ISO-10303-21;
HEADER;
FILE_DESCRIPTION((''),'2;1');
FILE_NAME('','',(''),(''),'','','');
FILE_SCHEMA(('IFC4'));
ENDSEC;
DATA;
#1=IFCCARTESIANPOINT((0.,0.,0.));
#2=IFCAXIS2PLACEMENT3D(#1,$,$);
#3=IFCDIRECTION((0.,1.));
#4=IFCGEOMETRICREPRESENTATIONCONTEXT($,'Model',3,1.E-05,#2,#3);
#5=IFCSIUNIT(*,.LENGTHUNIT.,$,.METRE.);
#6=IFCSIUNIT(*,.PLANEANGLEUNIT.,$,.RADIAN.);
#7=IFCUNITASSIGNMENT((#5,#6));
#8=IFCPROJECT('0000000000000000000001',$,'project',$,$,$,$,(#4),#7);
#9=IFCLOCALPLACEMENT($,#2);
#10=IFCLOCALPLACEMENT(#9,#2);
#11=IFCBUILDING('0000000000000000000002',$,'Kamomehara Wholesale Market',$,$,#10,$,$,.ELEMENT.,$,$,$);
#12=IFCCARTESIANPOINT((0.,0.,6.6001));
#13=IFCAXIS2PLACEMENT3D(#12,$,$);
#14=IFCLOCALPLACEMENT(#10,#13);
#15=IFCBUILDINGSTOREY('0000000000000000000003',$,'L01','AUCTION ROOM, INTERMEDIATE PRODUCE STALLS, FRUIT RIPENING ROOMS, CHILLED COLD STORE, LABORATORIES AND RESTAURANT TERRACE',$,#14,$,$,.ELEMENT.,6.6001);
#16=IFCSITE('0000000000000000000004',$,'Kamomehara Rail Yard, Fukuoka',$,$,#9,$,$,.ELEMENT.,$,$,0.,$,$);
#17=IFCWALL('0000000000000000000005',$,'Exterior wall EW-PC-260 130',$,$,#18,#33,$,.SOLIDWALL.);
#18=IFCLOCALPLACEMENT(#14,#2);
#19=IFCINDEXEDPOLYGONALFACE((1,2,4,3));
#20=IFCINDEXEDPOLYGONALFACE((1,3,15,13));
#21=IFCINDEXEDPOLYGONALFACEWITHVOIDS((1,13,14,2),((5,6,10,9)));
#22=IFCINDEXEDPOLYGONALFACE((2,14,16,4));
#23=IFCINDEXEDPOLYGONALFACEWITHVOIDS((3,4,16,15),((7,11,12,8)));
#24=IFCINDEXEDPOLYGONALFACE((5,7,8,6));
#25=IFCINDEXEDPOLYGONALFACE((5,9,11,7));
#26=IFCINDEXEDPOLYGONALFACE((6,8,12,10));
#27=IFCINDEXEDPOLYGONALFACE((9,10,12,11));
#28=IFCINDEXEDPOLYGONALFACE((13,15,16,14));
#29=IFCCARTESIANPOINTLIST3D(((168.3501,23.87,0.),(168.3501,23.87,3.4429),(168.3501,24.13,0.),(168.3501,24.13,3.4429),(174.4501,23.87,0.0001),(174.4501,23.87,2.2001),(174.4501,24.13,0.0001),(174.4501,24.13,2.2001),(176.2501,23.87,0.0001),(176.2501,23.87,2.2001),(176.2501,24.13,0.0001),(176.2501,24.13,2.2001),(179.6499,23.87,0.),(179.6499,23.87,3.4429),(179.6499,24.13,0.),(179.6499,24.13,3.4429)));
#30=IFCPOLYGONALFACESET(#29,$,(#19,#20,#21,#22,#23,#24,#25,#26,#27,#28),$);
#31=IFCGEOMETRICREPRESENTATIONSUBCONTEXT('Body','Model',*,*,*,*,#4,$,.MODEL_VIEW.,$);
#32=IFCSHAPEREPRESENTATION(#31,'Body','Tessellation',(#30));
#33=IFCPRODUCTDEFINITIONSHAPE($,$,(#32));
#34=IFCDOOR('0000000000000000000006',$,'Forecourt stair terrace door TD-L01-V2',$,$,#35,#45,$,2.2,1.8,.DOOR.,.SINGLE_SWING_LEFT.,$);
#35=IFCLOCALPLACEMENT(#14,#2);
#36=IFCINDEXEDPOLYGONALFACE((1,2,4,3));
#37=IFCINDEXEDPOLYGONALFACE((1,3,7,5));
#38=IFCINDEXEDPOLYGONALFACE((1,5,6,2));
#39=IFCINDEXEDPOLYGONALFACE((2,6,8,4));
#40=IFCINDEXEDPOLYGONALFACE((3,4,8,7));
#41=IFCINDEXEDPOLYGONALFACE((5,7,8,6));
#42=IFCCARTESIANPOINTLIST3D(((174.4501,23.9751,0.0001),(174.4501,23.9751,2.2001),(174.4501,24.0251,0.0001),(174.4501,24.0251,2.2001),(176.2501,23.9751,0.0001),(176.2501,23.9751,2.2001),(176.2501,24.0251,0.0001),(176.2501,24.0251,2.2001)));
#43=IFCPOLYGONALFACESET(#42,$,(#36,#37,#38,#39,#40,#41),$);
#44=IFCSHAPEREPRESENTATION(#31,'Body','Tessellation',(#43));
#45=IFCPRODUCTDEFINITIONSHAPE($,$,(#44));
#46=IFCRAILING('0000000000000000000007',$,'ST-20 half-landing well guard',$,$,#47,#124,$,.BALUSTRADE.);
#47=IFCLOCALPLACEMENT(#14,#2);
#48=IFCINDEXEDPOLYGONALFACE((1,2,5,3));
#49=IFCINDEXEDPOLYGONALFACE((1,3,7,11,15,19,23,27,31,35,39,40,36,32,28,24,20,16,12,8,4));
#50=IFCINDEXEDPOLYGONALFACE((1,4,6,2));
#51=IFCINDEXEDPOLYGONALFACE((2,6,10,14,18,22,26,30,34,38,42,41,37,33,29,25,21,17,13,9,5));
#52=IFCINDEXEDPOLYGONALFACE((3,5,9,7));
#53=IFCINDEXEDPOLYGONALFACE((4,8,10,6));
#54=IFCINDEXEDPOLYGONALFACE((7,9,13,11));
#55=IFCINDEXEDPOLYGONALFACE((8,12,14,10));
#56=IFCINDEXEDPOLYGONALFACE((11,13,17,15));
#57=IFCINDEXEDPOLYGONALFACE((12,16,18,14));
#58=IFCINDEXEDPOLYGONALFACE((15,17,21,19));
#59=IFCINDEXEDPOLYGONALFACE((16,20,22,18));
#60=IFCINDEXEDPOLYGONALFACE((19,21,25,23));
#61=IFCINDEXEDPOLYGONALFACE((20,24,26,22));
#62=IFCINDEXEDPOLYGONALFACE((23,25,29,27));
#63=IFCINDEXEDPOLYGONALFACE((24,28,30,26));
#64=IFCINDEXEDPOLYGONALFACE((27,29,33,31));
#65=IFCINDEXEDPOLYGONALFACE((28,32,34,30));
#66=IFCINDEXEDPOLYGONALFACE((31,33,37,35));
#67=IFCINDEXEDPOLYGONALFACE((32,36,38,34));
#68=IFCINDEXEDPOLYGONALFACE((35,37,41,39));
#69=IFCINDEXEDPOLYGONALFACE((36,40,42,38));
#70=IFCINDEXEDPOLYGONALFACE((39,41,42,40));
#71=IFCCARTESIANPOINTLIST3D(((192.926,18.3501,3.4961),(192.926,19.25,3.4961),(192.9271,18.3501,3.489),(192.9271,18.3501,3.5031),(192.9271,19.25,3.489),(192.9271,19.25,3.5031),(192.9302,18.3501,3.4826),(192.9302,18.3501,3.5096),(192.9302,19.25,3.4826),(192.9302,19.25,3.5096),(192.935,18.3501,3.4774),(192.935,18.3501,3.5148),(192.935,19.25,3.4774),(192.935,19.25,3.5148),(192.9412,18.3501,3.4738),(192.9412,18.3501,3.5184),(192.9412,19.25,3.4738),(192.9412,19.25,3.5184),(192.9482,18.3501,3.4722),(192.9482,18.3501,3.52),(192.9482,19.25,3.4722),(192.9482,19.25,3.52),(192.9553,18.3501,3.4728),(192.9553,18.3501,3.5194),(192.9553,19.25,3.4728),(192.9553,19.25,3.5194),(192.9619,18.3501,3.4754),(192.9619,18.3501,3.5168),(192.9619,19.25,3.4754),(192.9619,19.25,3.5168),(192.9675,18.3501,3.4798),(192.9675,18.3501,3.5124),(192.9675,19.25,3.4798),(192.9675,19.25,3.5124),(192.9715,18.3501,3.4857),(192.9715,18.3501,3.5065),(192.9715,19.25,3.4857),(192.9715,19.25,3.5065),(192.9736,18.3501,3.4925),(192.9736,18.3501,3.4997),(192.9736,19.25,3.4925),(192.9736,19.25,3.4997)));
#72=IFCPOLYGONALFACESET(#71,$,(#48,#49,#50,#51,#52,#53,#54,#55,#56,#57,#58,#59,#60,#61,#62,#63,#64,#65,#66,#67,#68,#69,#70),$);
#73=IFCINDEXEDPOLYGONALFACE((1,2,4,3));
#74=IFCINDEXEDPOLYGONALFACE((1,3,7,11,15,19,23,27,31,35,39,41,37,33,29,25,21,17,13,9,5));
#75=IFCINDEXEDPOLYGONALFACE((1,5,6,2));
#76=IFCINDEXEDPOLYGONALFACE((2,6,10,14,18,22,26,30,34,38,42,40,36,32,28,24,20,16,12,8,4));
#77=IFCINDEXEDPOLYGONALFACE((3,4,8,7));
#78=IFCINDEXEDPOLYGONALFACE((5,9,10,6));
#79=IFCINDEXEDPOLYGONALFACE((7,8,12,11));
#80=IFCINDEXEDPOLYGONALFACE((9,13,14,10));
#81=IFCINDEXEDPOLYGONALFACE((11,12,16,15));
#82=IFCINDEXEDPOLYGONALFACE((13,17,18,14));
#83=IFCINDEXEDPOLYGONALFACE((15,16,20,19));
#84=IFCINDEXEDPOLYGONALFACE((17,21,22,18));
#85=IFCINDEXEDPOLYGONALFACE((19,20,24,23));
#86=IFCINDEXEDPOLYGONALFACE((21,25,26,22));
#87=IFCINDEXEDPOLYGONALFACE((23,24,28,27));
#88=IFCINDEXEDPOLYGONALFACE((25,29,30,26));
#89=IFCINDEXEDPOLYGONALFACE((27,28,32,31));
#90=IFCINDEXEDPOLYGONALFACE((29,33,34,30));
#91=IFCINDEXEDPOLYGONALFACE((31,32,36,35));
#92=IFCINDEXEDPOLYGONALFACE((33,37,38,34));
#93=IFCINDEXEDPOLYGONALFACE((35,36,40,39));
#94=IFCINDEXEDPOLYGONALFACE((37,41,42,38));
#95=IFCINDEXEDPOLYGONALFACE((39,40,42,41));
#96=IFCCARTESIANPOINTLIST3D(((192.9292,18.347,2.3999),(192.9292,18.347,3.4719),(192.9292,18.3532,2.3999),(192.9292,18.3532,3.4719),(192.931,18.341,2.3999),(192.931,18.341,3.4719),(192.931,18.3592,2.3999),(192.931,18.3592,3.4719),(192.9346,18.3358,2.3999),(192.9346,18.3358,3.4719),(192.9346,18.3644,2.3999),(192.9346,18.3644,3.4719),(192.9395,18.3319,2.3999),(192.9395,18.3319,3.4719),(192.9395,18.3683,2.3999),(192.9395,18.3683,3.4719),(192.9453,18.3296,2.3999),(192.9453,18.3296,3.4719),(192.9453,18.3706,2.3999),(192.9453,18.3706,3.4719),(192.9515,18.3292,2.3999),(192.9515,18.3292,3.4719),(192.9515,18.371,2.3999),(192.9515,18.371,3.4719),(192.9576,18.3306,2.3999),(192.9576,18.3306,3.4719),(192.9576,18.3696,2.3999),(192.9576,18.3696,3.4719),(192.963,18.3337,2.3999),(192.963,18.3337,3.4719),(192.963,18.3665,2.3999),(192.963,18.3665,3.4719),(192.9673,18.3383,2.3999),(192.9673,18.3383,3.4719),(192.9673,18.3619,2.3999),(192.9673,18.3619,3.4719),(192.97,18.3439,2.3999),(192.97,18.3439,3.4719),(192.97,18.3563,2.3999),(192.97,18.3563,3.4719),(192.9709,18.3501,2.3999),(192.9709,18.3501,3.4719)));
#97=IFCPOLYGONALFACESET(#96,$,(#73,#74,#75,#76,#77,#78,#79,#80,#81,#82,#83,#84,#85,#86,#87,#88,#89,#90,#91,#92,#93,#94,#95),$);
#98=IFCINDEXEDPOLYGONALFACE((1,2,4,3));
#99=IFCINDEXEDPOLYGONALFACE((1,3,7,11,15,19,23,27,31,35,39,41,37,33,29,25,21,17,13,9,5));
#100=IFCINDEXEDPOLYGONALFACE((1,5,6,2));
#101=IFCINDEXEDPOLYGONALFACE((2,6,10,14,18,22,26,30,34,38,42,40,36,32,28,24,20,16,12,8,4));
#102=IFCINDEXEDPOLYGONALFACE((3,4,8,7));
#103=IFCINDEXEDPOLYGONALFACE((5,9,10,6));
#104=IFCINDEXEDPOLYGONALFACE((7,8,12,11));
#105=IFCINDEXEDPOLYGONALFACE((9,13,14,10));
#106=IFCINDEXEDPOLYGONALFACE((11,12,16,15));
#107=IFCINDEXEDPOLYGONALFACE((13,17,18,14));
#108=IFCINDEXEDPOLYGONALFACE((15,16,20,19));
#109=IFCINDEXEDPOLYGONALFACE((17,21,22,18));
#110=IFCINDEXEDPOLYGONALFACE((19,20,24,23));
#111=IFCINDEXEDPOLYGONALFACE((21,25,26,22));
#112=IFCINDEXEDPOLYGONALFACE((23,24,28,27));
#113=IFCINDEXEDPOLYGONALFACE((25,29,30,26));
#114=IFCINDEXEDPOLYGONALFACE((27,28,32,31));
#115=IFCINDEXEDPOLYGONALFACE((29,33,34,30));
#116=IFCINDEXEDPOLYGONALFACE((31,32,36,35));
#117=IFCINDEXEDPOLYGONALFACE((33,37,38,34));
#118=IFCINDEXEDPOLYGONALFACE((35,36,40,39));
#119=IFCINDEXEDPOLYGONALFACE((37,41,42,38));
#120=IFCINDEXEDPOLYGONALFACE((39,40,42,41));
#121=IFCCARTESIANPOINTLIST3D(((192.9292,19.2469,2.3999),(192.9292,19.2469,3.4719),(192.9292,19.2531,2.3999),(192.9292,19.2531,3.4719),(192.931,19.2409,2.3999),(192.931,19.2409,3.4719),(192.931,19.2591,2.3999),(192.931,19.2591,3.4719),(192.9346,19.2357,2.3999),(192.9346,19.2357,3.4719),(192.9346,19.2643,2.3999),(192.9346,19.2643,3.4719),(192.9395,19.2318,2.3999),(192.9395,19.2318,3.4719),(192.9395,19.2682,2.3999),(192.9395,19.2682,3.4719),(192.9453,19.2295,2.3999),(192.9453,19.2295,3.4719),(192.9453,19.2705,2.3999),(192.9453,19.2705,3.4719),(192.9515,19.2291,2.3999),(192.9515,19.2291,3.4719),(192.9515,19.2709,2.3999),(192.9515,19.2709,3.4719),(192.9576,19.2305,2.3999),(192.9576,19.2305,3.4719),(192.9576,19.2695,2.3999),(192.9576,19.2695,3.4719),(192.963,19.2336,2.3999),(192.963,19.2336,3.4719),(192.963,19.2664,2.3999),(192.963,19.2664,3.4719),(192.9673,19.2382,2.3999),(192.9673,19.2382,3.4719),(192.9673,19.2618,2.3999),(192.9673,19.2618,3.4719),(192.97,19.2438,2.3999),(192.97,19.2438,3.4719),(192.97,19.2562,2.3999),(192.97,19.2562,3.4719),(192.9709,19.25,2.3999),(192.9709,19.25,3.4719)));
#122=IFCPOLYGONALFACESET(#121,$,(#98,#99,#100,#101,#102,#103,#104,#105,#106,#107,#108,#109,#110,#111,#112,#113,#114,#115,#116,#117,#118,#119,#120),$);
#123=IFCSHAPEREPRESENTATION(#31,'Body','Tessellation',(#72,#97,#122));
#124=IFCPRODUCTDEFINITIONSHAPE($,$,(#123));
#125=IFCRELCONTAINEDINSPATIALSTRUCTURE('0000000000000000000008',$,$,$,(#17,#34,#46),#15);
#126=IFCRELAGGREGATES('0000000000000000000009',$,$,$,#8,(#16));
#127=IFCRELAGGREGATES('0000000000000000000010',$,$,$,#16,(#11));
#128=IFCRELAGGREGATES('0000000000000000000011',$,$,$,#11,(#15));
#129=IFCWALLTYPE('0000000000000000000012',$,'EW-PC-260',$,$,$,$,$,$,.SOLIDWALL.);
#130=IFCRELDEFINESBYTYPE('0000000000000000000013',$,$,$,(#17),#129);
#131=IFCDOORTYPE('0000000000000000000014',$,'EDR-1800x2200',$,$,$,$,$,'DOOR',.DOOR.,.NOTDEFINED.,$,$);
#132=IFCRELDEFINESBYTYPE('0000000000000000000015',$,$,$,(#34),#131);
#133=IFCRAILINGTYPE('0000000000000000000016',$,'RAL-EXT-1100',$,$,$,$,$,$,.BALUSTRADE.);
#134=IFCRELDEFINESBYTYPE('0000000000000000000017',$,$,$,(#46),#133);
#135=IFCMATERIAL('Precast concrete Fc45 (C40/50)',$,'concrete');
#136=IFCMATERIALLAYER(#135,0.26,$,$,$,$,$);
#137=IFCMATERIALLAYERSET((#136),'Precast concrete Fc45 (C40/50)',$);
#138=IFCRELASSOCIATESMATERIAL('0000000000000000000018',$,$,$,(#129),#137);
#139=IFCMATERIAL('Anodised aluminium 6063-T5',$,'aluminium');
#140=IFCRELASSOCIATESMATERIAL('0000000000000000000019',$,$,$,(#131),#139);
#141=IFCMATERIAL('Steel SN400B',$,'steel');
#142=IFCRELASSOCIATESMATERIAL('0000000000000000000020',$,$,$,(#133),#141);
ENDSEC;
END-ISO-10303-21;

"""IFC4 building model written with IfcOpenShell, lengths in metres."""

from ifc_helpers import new_model, si_unit, direction, frame, frame_2d, origin, origin_2d, place, context, subcontext, project, spatial, rectangle, circle, extrude, material, layer, layer_set, type_object, element, fill, save


model = new_model("IFC4")

# Units and contexts
model_context = context("Model", 3, precision=1e-05, world=origin(), true_north=direction((0.0, 1.0)))
body_context = subcontext(model_context, "Body", "Model", "MODEL_VIEW")
ifc_project = project(units=[si_unit("LENGTHUNIT", "METRE"), si_unit("PLANEANGLEUNIT", "RADIAN")], contexts=[model_context])

# Site, building, storey
site_placement = place(None, origin())
site = spatial("IfcSite", under=ifc_project, at=site_placement, Name="Kamomehara Rail Yard, Fukuoka", CompositionType="ELEMENT", RefElevation=0.0)
building_placement = place(site_placement, origin())
building = spatial("IfcBuilding", under=site, at=building_placement, Name="Kamomehara Wholesale Market", CompositionType="ELEMENT")
storey_placement = place(building_placement, frame((0.0, 0.0, 6.6001)))
storey = spatial("IfcBuildingStorey", under=building, at=storey_placement, Name="L01", Description="AUCTION ROOM, INTERMEDIATE PRODUCE STALLS, FRUIT RIPENING ROOMS, CHILLED COLD STORE, LABORATORIES AND RESTAURANT TERRACE", CompositionType="ELEMENT", Elevation=6.6001)

# Wall, opening, door
ifc_material_1 = material(Name="Precast concrete Fc45 (C40/50)", Category="concrete")
ifc_layer = layer(ifc_material_1, 0.26)
ifc_layer_set = layer_set([ifc_layer], Name="Precast concrete Fc45 (C40/50)")
wall_type = type_object("IfcWallType", Name="EW-PC-260", PredefinedType="SOLIDWALL", material=ifc_layer_set)
wall_placement = place(storey_placement, frame((179.6499, 24.0, 0.0), z_axis=(0.0, 0.0, 1.0), x_axis=(-1.0, 0.0, 0.0)))
wall = element("IfcWall", 1, at=wall_placement, inside=storey, type_object=wall_type, Name="Exterior wall EW-PC-260 130", PredefinedType="SOLIDWALL", context=body_context, shape_type="SweptSolid", body=[
    extrude(rectangle(XDim=11.2998, YDim=0.26, at=frame_2d((5.6499, 0.0))), origin(), (0.0, 0.0, 1.0), 3.4429),
])
opening_placement = place(wall_placement, frame((3.3999, 0.0, 0.0)))
opening = element("IfcOpeningElement", 2, at=opening_placement, cuts=wall, PredefinedType="OPENING", context=body_context, shape_type="SweptSolid", body=[
    extrude(rectangle(XDim=1.8, YDim=2.2, at=frame_2d((0.8999, 1.1001))), frame((0.0, 0.145, 0.0), z_axis=(0.0, -1.0, 0.0), x_axis=(1.0, 0.0, 0.0)), (0.0, 0.0, 1.0), 0.2898),
])
ifc_material_2 = material(Name="Anodised aluminium 6063-T5", Category="aluminium")
door_type = type_object("IfcDoorType", Name="EDR-1800x2200", ElementType="DOOR", OperationType="NOTDEFINED", PredefinedType="DOOR", material=ifc_material_2)
door_placement = place(opening_placement, origin())
door = element("IfcDoor", 3, at=door_placement, inside=storey, type_object=door_type, Name="Forecourt stair terrace door TD-L01-V2", OperationType="SINGLE_SWING_LEFT", OverallHeight=2.2, OverallWidth=1.8, PredefinedType="DOOR", context=body_context, shape_type="SweptSolid", body=[
    extrude(rectangle(XDim=1.8, YDim=2.2, at=frame_2d((0.8999, 1.1001))), frame((0.0, 0.0249, 0.0), z_axis=(0.0, -1.0, 0.0), x_axis=(1.0, 0.0, 0.0)), (0.0, 0.0, 1.0), 0.05),
])
fill(opening, door)

# Railing
ifc_material_3 = material(Name="Steel SN400B", Category="steel")
railing_type = type_object("IfcRailingType", Name="RAL-EXT-1100", PredefinedType="BALUSTRADE", material=ifc_material_3)
railing_1_placement = place(storey_placement, frame((192.95, 18.3501, 2.3999)))
element("IfcRailing", 4, at=railing_1_placement, inside=storey, type_object=railing_type, Name="ST-20 half-landing well guard", PredefinedType="BALUSTRADE", context=body_context, shape_type="SweptSolid", body=[
    extrude(circle(Radius=0.0239, at=origin_2d()), frame((0.0, 0.0, 1.0962), z_axis=(0.0, 1.0, 0.0), x_axis=(-1.0, 0.0, 0.0)), (0.0, 0.0, 1.0), 0.8999),
    extrude(circle(Radius=0.021, at=origin_2d()), origin(), (0.0, 0.0, 1.0), 1.072),
    extrude(circle(Radius=0.021, at=origin_2d()), frame((0.0, 0.8999, 0.0)), (0.0, 0.0, 1.0), 1.072),
])

save(model, "model.ifc")
